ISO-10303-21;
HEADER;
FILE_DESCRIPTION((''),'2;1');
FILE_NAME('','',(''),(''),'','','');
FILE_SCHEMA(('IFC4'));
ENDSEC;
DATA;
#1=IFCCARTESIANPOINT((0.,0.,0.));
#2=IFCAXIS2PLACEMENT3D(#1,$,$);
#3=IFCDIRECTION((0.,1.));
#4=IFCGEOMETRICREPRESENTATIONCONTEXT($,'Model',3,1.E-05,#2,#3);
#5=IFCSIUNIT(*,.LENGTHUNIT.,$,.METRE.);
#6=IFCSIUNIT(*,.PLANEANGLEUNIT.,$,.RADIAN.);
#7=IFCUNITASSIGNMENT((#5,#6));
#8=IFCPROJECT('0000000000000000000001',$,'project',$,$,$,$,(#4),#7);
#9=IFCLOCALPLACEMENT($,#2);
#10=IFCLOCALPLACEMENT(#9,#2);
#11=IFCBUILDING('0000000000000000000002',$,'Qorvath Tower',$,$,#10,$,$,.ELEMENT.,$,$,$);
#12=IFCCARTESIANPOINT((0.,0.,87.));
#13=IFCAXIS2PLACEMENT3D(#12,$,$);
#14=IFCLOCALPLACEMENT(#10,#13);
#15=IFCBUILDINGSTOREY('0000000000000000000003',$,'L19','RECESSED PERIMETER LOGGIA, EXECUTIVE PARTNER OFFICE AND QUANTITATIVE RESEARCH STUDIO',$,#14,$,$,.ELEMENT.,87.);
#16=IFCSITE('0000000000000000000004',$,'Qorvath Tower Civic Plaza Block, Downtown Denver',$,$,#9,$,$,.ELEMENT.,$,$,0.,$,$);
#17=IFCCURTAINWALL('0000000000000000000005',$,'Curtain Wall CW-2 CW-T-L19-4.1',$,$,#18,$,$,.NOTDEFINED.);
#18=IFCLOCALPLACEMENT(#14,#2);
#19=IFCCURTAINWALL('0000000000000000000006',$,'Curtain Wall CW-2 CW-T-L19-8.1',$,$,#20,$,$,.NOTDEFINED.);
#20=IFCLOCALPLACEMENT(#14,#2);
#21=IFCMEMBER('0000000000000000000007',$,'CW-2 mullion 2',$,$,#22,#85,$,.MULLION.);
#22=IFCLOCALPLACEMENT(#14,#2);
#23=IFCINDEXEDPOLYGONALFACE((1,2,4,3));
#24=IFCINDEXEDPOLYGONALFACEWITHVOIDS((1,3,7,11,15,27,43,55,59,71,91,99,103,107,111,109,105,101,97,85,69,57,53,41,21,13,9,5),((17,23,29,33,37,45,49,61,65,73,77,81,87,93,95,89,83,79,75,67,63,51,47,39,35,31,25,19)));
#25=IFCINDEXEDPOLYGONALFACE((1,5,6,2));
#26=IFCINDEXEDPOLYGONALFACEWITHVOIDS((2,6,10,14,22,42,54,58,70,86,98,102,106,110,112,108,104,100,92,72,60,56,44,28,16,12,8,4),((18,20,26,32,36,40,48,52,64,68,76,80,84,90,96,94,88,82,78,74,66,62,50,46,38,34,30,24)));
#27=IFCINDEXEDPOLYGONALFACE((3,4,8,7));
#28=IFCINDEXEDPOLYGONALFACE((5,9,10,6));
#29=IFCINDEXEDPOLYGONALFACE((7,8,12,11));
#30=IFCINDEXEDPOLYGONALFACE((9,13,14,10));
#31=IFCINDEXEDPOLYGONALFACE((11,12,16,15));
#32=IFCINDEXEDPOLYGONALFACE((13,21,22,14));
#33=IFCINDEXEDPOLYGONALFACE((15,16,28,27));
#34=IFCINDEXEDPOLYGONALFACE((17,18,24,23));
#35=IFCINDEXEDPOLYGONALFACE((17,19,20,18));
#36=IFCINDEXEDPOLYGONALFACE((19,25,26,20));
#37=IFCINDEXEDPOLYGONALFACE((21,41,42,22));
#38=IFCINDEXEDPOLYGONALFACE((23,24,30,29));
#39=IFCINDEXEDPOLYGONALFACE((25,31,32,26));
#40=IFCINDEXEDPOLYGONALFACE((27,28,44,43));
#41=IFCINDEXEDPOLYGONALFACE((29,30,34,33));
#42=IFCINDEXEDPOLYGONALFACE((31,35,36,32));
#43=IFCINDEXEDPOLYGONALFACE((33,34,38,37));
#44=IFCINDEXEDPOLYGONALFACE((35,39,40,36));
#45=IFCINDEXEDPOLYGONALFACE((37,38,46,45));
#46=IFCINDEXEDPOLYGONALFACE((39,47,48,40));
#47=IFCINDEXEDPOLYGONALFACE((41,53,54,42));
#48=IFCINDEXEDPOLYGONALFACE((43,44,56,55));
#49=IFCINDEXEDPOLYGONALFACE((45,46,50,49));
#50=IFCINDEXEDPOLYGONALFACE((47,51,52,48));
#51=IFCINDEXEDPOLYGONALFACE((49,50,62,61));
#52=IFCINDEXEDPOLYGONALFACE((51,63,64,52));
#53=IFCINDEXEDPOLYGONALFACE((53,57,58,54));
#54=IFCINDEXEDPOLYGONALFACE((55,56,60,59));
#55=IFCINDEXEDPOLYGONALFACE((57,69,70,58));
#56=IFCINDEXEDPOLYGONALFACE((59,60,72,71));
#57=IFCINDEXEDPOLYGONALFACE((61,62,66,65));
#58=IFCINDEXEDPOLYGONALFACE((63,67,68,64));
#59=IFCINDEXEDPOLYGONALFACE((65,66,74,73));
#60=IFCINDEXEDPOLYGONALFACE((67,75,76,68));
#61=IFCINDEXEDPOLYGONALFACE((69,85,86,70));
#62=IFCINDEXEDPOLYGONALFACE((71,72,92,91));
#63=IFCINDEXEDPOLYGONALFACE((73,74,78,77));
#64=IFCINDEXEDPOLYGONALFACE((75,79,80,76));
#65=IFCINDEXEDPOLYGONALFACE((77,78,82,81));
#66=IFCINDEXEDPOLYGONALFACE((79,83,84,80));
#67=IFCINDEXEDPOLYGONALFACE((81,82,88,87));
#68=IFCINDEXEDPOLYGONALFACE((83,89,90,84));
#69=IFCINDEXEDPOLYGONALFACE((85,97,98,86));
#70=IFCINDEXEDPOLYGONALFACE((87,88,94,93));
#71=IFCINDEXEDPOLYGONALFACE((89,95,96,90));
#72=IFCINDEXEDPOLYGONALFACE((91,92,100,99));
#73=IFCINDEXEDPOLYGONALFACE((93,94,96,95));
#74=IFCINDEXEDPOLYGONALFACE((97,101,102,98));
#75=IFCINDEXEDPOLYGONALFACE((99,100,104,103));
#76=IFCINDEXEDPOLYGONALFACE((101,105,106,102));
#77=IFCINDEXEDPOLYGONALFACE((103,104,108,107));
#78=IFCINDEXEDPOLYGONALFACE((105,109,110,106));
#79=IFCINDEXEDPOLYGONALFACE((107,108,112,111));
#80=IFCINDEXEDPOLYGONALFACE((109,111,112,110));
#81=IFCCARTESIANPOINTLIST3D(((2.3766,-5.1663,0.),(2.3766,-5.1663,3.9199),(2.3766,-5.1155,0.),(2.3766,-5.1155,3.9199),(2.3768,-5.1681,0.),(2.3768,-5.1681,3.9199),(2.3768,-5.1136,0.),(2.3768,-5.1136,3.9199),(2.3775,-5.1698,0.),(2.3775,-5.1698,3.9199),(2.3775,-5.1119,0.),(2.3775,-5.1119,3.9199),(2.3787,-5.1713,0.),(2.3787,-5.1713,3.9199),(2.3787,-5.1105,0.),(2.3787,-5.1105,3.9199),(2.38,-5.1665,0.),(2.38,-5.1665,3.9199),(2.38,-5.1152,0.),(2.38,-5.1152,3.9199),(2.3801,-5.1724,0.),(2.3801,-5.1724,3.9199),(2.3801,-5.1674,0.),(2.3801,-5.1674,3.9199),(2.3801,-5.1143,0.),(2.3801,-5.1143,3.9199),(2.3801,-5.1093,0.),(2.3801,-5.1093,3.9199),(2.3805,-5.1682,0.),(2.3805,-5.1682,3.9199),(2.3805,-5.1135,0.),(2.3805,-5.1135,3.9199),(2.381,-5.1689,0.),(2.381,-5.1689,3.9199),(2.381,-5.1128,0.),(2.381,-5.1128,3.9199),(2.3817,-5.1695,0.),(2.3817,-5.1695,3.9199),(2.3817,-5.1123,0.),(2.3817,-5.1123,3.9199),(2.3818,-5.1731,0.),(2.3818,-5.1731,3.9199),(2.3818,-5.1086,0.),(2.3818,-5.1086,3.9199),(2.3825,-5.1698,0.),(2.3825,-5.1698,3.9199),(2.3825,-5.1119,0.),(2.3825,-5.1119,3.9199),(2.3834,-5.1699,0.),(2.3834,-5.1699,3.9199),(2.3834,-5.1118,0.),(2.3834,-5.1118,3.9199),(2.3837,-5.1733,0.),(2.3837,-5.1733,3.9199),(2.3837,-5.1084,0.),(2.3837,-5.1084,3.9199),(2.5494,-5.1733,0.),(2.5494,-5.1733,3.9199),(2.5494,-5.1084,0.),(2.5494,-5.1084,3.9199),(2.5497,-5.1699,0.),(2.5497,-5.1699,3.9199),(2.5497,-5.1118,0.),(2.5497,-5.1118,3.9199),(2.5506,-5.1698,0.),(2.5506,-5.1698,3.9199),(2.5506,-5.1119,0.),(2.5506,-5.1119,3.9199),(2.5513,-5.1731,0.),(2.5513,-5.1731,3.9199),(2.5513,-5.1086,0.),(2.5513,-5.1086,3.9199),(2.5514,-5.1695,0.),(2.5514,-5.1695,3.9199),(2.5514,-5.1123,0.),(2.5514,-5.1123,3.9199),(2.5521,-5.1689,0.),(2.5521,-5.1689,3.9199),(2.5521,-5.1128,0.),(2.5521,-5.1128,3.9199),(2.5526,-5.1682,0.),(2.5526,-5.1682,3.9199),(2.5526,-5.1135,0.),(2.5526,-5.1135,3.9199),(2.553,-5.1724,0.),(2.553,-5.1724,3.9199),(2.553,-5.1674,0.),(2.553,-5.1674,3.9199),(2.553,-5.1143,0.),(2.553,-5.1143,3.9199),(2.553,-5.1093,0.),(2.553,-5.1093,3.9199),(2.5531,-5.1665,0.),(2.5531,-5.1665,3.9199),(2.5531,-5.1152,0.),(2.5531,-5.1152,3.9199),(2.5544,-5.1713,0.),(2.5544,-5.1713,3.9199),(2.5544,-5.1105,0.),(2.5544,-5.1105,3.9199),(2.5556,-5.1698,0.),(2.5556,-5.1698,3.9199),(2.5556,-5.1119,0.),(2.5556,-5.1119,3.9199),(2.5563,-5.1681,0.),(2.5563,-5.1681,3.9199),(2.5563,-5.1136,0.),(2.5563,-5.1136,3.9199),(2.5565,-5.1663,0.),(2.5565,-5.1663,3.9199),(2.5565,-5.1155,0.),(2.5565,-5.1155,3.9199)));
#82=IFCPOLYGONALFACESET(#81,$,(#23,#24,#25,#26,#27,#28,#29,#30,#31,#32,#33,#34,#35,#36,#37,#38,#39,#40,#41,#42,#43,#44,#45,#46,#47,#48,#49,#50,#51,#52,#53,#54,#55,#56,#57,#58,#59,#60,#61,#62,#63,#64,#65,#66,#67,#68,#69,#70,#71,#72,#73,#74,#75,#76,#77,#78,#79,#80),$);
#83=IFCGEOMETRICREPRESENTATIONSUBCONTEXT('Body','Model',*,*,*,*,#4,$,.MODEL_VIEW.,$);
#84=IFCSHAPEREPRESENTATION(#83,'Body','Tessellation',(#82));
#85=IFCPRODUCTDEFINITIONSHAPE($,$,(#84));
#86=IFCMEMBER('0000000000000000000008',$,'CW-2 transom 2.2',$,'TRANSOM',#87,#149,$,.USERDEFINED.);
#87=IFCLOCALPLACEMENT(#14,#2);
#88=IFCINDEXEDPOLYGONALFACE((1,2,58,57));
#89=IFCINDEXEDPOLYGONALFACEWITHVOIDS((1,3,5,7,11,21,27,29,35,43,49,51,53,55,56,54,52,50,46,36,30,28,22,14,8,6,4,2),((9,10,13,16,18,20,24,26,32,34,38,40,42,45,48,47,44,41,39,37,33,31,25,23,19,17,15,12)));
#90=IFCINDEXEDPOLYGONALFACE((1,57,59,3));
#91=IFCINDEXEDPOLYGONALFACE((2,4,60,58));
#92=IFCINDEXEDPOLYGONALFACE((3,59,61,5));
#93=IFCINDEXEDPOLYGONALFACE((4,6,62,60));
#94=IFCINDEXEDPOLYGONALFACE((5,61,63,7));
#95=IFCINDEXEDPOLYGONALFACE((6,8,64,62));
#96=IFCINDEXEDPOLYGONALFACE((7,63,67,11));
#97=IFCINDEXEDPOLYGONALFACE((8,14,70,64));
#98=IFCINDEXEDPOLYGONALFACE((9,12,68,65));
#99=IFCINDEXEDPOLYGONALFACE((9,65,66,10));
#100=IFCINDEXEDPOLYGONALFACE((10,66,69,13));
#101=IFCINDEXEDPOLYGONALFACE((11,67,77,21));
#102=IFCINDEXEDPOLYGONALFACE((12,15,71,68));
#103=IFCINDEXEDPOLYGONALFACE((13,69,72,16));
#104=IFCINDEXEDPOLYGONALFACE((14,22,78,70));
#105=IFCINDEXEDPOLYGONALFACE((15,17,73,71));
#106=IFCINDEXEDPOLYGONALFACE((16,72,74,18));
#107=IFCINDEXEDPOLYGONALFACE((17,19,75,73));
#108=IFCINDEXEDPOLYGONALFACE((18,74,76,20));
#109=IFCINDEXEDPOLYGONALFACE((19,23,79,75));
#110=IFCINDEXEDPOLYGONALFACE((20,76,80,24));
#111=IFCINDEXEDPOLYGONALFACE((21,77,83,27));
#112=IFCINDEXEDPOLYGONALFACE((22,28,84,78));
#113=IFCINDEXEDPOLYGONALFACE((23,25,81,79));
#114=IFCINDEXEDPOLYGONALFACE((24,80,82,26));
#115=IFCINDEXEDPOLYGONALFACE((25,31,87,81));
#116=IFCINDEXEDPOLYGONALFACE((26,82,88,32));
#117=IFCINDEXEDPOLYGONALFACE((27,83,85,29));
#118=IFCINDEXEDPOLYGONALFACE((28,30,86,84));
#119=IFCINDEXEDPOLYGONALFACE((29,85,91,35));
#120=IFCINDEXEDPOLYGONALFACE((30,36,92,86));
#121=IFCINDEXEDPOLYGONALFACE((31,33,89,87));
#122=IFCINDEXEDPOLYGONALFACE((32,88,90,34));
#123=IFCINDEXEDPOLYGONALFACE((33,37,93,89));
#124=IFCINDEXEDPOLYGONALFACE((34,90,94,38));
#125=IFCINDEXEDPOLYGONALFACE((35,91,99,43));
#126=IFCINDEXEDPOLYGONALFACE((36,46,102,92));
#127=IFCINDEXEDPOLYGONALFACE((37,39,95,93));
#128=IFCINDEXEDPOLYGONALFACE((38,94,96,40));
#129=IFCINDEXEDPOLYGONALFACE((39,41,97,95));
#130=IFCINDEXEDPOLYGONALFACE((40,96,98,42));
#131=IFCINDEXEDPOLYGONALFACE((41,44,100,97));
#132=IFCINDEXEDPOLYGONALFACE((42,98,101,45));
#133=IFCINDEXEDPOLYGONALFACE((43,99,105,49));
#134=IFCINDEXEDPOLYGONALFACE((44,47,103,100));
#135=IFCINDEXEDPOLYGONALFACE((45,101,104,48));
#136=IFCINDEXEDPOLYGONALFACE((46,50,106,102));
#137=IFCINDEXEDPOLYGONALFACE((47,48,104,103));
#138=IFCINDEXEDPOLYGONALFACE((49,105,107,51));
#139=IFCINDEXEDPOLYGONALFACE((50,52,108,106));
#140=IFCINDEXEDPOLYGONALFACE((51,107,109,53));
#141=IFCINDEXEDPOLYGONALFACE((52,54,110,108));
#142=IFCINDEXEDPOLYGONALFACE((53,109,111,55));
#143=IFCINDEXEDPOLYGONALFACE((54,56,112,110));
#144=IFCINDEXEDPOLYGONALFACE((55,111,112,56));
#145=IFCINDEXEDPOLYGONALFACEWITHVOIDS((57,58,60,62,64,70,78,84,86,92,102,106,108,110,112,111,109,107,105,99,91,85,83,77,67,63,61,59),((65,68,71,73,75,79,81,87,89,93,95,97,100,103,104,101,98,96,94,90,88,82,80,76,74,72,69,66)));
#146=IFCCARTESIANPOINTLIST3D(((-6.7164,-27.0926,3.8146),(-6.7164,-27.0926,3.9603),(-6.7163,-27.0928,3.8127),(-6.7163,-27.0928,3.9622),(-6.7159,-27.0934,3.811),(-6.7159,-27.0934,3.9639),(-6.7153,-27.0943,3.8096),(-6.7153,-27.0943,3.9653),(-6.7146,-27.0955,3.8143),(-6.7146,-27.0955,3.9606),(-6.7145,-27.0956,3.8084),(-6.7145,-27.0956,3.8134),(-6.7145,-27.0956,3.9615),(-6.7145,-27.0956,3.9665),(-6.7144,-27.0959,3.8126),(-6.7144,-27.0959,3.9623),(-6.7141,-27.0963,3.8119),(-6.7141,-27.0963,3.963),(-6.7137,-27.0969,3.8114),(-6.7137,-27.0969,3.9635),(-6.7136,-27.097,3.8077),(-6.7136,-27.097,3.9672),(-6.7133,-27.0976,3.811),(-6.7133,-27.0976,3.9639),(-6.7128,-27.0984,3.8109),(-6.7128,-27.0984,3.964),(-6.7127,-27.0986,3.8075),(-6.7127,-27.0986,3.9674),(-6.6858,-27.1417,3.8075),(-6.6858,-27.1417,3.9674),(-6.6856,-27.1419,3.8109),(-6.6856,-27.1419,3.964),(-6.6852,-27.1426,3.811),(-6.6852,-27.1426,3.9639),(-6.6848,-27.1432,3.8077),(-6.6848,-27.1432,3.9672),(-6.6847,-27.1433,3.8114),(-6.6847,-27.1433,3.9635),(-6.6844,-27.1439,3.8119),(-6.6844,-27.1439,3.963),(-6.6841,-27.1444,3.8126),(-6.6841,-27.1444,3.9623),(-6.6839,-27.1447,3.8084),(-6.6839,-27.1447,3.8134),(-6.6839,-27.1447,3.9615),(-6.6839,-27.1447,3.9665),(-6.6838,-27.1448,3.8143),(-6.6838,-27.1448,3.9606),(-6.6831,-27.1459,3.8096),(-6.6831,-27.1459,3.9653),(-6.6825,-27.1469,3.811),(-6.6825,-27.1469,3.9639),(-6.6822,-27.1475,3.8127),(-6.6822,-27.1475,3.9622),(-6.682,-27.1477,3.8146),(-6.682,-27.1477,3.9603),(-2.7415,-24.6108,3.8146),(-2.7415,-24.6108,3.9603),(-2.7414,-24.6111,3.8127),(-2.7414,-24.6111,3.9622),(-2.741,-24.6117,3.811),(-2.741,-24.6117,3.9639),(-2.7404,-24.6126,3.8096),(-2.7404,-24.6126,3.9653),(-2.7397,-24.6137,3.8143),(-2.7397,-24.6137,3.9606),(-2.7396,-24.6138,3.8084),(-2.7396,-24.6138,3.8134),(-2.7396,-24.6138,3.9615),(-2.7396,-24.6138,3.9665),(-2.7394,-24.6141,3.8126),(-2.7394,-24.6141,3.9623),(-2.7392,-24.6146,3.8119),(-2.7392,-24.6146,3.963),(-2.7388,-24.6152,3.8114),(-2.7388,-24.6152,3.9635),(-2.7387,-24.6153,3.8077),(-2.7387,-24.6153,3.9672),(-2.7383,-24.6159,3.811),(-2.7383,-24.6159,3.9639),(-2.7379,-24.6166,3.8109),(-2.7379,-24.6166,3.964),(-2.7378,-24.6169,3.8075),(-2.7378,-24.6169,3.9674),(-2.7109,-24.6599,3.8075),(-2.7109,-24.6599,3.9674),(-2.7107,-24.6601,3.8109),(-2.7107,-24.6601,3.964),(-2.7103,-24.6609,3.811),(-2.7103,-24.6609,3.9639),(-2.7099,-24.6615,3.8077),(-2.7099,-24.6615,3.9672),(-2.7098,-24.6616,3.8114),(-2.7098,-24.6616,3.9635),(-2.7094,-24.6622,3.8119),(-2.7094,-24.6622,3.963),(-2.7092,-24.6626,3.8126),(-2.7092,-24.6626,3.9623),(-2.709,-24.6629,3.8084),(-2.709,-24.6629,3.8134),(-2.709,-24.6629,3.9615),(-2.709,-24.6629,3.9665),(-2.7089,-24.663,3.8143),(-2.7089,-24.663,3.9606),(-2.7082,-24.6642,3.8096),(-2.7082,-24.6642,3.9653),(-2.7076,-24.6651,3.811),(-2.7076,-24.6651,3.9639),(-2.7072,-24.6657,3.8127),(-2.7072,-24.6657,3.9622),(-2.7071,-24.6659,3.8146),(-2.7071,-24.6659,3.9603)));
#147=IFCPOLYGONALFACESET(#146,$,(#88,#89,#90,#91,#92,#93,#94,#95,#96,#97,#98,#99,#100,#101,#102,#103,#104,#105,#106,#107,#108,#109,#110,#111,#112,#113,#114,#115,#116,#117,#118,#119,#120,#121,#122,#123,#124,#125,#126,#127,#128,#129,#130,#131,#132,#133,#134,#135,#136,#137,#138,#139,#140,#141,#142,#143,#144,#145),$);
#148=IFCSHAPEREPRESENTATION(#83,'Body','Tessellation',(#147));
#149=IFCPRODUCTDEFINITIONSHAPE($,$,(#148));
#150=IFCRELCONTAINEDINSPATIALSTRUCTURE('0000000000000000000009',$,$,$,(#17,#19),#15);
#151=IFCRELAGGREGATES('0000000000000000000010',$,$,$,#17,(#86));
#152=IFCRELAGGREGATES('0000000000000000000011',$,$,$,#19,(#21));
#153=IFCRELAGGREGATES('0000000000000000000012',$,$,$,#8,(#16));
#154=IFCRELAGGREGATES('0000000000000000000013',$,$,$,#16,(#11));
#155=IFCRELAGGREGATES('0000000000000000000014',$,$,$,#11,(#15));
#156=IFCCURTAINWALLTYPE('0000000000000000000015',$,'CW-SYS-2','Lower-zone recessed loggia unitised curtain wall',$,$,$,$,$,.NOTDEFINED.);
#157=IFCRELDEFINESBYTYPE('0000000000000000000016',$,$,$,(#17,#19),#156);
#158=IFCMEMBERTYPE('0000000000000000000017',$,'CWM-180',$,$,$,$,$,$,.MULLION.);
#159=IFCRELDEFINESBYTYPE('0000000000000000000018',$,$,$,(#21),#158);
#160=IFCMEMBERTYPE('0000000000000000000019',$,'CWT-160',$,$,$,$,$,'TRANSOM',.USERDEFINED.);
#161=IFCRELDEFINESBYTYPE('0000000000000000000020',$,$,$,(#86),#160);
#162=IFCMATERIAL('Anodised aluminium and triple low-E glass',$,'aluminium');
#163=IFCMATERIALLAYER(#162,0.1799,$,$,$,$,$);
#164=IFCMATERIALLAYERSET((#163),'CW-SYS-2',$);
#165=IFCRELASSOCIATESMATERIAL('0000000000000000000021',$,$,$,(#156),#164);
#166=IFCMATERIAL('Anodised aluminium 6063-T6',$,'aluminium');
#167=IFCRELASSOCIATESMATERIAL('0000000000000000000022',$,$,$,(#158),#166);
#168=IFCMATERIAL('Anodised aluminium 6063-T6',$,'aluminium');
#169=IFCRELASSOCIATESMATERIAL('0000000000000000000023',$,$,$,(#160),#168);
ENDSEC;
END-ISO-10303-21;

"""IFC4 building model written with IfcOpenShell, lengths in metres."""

from ifc_helpers import new_model, si_unit, direction, frame, origin, origin_2d, place, context, subcontext, project, spatial, hollow_rectangle, extrude, material, layer, layer_set, material_profile, profile_set, type_object, element, aggregate, save


model = new_model("IFC4")

# Units and contexts
model_context = context("Model", 3, precision=1e-05, world=origin(), true_north=direction((0.0, 1.0)))
body_context = subcontext(model_context, "Body", "Model", "MODEL_VIEW")
ifc_project = project(units=[si_unit("LENGTHUNIT", "METRE"), si_unit("PLANEANGLEUNIT", "RADIAN")], contexts=[model_context])

# Site, building, storey
site_placement = place(None, origin())
site = spatial("IfcSite", under=ifc_project, at=site_placement, Name="Qorvath Tower Civic Plaza Block, Downtown Denver", CompositionType="ELEMENT", RefElevation=0.0)
building_placement = place(site_placement, origin())
building = spatial("IfcBuilding", under=site, at=building_placement, Name="Qorvath Tower", CompositionType="ELEMENT")
storey_placement = place(building_placement, frame((0.0, 0.0, 87.0)))
storey = spatial("IfcBuildingStorey", under=building, at=storey_placement, Name="L19", Description="RECESSED PERIMETER LOGGIA, EXECUTIVE PARTNER OFFICE AND QUANTITATIVE RESEARCH STUDIO", CompositionType="ELEMENT", Elevation=87.0)

# Curtain wall
ifc_material_1 = material(Name="Anodised aluminium and triple low-E glass", Category="aluminium")
ifc_layer_1 = layer(ifc_material_1, 0.1799)
ifc_layer_set_1 = layer_set([ifc_layer_1], Name="CW-SYS-2")
curtain_wall_type = type_object("IfcCurtainWallType", Name="CW-SYS-2", Description="Lower-zone recessed loggia unitised curtain wall", PredefinedType="NOTDEFINED", material=ifc_layer_set_1)
curtain_wall_1_placement = place(storey_placement, origin())
curtain_wall_1 = element("IfcCurtainWall", 1, at=curtain_wall_1_placement, inside=storey, type_object=curtain_wall_type, Name="Curtain Wall CW-2 CW-T-L19-4.1", PredefinedType="NOTDEFINED")
ifc_material_2 = material(Name="Anodised aluminium 6063-T6", Category="aluminium")
ifc_material_profile_1 = material_profile(ifc_material_2, hollow_rectangle(XDim=0.0649, YDim=0.1799, WallThickness=0.0034, InnerFilletRadius=0.0034, OuterFilletRadius=0.0071, at=origin_2d()), Name="CWM 180x65")
ifc_profile_set_1 = profile_set([ifc_material_profile_1], Name="Anodised aluminium 6063-T6")
member_type_1 = type_object("IfcMemberType", Name="CWM-180", PredefinedType="MULLION", material=ifc_profile_set_1)

# Curtain wall, member
curtain_wall_2_placement = place(storey_placement, origin())
curtain_wall_2 = element("IfcCurtainWall", 2, at=curtain_wall_2_placement, inside=storey, type_object=curtain_wall_type, Name="Curtain Wall CW-2 CW-T-L19-8.1", PredefinedType="NOTDEFINED")
member_1_placement = place(storey_placement, frame((2.4666, -5.1409, 0.0), z_axis=(0.0, 0.0, 1.0), x_axis=(0.0, -1.0, 0.0)))
member_1 = element("IfcMember", 3, at=member_1_placement, type_object=member_type_1, Name="CW-2 mullion 2", PredefinedType="MULLION", context=body_context, shape_type="SweptSolid", body=[
    extrude(hollow_rectangle(XDim=0.0649, YDim=0.1799, WallThickness=0.0034, InnerFilletRadius=0.0034, OuterFilletRadius=0.0071, at=origin_2d()), origin(), (0.0, 0.0, 1.0), 3.9199),
])

# Member
ifc_material_3 = material(Name="Anodised aluminium 6063-T6", Category="aluminium")
ifc_material_profile_2 = material_profile(ifc_material_3, hollow_rectangle(XDim=0.0649, YDim=0.1599, WallThickness=0.0034, InnerFilletRadius=0.0034, OuterFilletRadius=0.0071, at=origin_2d()), Name="CWT 160x65")
ifc_profile_set_2 = profile_set([ifc_material_profile_2], Name="Anodised aluminium 6063-T6")
member_type_2 = type_object("IfcMemberType", Name="CWT-160", ElementType="TRANSOM", PredefinedType="USERDEFINED", material=ifc_profile_set_2)
member_2_placement = place(storey_placement, frame((-6.6992, -27.1201, 3.8875), z_axis=(0.848247, 0.529601, 0.0), x_axis=(-0.529601, 0.848247, 0.0)))
member_2 = element("IfcMember", 4, at=member_2_placement, type_object=member_type_2, Name="CW-2 transom 2.2", ObjectType="TRANSOM", PredefinedType="USERDEFINED", context=body_context, shape_type="SweptSolid", body=[
    extrude(hollow_rectangle(XDim=0.0649, YDim=0.1599, WallThickness=0.0034, InnerFilletRadius=0.0034, OuterFilletRadius=0.0071, at=origin_2d()), origin(), (0.0, 0.0, 1.0), 4.686),
])

aggregate(curtain_wall_1, [member_2])
aggregate(curtain_wall_2, [member_1])

save(model, "model.ifc")
